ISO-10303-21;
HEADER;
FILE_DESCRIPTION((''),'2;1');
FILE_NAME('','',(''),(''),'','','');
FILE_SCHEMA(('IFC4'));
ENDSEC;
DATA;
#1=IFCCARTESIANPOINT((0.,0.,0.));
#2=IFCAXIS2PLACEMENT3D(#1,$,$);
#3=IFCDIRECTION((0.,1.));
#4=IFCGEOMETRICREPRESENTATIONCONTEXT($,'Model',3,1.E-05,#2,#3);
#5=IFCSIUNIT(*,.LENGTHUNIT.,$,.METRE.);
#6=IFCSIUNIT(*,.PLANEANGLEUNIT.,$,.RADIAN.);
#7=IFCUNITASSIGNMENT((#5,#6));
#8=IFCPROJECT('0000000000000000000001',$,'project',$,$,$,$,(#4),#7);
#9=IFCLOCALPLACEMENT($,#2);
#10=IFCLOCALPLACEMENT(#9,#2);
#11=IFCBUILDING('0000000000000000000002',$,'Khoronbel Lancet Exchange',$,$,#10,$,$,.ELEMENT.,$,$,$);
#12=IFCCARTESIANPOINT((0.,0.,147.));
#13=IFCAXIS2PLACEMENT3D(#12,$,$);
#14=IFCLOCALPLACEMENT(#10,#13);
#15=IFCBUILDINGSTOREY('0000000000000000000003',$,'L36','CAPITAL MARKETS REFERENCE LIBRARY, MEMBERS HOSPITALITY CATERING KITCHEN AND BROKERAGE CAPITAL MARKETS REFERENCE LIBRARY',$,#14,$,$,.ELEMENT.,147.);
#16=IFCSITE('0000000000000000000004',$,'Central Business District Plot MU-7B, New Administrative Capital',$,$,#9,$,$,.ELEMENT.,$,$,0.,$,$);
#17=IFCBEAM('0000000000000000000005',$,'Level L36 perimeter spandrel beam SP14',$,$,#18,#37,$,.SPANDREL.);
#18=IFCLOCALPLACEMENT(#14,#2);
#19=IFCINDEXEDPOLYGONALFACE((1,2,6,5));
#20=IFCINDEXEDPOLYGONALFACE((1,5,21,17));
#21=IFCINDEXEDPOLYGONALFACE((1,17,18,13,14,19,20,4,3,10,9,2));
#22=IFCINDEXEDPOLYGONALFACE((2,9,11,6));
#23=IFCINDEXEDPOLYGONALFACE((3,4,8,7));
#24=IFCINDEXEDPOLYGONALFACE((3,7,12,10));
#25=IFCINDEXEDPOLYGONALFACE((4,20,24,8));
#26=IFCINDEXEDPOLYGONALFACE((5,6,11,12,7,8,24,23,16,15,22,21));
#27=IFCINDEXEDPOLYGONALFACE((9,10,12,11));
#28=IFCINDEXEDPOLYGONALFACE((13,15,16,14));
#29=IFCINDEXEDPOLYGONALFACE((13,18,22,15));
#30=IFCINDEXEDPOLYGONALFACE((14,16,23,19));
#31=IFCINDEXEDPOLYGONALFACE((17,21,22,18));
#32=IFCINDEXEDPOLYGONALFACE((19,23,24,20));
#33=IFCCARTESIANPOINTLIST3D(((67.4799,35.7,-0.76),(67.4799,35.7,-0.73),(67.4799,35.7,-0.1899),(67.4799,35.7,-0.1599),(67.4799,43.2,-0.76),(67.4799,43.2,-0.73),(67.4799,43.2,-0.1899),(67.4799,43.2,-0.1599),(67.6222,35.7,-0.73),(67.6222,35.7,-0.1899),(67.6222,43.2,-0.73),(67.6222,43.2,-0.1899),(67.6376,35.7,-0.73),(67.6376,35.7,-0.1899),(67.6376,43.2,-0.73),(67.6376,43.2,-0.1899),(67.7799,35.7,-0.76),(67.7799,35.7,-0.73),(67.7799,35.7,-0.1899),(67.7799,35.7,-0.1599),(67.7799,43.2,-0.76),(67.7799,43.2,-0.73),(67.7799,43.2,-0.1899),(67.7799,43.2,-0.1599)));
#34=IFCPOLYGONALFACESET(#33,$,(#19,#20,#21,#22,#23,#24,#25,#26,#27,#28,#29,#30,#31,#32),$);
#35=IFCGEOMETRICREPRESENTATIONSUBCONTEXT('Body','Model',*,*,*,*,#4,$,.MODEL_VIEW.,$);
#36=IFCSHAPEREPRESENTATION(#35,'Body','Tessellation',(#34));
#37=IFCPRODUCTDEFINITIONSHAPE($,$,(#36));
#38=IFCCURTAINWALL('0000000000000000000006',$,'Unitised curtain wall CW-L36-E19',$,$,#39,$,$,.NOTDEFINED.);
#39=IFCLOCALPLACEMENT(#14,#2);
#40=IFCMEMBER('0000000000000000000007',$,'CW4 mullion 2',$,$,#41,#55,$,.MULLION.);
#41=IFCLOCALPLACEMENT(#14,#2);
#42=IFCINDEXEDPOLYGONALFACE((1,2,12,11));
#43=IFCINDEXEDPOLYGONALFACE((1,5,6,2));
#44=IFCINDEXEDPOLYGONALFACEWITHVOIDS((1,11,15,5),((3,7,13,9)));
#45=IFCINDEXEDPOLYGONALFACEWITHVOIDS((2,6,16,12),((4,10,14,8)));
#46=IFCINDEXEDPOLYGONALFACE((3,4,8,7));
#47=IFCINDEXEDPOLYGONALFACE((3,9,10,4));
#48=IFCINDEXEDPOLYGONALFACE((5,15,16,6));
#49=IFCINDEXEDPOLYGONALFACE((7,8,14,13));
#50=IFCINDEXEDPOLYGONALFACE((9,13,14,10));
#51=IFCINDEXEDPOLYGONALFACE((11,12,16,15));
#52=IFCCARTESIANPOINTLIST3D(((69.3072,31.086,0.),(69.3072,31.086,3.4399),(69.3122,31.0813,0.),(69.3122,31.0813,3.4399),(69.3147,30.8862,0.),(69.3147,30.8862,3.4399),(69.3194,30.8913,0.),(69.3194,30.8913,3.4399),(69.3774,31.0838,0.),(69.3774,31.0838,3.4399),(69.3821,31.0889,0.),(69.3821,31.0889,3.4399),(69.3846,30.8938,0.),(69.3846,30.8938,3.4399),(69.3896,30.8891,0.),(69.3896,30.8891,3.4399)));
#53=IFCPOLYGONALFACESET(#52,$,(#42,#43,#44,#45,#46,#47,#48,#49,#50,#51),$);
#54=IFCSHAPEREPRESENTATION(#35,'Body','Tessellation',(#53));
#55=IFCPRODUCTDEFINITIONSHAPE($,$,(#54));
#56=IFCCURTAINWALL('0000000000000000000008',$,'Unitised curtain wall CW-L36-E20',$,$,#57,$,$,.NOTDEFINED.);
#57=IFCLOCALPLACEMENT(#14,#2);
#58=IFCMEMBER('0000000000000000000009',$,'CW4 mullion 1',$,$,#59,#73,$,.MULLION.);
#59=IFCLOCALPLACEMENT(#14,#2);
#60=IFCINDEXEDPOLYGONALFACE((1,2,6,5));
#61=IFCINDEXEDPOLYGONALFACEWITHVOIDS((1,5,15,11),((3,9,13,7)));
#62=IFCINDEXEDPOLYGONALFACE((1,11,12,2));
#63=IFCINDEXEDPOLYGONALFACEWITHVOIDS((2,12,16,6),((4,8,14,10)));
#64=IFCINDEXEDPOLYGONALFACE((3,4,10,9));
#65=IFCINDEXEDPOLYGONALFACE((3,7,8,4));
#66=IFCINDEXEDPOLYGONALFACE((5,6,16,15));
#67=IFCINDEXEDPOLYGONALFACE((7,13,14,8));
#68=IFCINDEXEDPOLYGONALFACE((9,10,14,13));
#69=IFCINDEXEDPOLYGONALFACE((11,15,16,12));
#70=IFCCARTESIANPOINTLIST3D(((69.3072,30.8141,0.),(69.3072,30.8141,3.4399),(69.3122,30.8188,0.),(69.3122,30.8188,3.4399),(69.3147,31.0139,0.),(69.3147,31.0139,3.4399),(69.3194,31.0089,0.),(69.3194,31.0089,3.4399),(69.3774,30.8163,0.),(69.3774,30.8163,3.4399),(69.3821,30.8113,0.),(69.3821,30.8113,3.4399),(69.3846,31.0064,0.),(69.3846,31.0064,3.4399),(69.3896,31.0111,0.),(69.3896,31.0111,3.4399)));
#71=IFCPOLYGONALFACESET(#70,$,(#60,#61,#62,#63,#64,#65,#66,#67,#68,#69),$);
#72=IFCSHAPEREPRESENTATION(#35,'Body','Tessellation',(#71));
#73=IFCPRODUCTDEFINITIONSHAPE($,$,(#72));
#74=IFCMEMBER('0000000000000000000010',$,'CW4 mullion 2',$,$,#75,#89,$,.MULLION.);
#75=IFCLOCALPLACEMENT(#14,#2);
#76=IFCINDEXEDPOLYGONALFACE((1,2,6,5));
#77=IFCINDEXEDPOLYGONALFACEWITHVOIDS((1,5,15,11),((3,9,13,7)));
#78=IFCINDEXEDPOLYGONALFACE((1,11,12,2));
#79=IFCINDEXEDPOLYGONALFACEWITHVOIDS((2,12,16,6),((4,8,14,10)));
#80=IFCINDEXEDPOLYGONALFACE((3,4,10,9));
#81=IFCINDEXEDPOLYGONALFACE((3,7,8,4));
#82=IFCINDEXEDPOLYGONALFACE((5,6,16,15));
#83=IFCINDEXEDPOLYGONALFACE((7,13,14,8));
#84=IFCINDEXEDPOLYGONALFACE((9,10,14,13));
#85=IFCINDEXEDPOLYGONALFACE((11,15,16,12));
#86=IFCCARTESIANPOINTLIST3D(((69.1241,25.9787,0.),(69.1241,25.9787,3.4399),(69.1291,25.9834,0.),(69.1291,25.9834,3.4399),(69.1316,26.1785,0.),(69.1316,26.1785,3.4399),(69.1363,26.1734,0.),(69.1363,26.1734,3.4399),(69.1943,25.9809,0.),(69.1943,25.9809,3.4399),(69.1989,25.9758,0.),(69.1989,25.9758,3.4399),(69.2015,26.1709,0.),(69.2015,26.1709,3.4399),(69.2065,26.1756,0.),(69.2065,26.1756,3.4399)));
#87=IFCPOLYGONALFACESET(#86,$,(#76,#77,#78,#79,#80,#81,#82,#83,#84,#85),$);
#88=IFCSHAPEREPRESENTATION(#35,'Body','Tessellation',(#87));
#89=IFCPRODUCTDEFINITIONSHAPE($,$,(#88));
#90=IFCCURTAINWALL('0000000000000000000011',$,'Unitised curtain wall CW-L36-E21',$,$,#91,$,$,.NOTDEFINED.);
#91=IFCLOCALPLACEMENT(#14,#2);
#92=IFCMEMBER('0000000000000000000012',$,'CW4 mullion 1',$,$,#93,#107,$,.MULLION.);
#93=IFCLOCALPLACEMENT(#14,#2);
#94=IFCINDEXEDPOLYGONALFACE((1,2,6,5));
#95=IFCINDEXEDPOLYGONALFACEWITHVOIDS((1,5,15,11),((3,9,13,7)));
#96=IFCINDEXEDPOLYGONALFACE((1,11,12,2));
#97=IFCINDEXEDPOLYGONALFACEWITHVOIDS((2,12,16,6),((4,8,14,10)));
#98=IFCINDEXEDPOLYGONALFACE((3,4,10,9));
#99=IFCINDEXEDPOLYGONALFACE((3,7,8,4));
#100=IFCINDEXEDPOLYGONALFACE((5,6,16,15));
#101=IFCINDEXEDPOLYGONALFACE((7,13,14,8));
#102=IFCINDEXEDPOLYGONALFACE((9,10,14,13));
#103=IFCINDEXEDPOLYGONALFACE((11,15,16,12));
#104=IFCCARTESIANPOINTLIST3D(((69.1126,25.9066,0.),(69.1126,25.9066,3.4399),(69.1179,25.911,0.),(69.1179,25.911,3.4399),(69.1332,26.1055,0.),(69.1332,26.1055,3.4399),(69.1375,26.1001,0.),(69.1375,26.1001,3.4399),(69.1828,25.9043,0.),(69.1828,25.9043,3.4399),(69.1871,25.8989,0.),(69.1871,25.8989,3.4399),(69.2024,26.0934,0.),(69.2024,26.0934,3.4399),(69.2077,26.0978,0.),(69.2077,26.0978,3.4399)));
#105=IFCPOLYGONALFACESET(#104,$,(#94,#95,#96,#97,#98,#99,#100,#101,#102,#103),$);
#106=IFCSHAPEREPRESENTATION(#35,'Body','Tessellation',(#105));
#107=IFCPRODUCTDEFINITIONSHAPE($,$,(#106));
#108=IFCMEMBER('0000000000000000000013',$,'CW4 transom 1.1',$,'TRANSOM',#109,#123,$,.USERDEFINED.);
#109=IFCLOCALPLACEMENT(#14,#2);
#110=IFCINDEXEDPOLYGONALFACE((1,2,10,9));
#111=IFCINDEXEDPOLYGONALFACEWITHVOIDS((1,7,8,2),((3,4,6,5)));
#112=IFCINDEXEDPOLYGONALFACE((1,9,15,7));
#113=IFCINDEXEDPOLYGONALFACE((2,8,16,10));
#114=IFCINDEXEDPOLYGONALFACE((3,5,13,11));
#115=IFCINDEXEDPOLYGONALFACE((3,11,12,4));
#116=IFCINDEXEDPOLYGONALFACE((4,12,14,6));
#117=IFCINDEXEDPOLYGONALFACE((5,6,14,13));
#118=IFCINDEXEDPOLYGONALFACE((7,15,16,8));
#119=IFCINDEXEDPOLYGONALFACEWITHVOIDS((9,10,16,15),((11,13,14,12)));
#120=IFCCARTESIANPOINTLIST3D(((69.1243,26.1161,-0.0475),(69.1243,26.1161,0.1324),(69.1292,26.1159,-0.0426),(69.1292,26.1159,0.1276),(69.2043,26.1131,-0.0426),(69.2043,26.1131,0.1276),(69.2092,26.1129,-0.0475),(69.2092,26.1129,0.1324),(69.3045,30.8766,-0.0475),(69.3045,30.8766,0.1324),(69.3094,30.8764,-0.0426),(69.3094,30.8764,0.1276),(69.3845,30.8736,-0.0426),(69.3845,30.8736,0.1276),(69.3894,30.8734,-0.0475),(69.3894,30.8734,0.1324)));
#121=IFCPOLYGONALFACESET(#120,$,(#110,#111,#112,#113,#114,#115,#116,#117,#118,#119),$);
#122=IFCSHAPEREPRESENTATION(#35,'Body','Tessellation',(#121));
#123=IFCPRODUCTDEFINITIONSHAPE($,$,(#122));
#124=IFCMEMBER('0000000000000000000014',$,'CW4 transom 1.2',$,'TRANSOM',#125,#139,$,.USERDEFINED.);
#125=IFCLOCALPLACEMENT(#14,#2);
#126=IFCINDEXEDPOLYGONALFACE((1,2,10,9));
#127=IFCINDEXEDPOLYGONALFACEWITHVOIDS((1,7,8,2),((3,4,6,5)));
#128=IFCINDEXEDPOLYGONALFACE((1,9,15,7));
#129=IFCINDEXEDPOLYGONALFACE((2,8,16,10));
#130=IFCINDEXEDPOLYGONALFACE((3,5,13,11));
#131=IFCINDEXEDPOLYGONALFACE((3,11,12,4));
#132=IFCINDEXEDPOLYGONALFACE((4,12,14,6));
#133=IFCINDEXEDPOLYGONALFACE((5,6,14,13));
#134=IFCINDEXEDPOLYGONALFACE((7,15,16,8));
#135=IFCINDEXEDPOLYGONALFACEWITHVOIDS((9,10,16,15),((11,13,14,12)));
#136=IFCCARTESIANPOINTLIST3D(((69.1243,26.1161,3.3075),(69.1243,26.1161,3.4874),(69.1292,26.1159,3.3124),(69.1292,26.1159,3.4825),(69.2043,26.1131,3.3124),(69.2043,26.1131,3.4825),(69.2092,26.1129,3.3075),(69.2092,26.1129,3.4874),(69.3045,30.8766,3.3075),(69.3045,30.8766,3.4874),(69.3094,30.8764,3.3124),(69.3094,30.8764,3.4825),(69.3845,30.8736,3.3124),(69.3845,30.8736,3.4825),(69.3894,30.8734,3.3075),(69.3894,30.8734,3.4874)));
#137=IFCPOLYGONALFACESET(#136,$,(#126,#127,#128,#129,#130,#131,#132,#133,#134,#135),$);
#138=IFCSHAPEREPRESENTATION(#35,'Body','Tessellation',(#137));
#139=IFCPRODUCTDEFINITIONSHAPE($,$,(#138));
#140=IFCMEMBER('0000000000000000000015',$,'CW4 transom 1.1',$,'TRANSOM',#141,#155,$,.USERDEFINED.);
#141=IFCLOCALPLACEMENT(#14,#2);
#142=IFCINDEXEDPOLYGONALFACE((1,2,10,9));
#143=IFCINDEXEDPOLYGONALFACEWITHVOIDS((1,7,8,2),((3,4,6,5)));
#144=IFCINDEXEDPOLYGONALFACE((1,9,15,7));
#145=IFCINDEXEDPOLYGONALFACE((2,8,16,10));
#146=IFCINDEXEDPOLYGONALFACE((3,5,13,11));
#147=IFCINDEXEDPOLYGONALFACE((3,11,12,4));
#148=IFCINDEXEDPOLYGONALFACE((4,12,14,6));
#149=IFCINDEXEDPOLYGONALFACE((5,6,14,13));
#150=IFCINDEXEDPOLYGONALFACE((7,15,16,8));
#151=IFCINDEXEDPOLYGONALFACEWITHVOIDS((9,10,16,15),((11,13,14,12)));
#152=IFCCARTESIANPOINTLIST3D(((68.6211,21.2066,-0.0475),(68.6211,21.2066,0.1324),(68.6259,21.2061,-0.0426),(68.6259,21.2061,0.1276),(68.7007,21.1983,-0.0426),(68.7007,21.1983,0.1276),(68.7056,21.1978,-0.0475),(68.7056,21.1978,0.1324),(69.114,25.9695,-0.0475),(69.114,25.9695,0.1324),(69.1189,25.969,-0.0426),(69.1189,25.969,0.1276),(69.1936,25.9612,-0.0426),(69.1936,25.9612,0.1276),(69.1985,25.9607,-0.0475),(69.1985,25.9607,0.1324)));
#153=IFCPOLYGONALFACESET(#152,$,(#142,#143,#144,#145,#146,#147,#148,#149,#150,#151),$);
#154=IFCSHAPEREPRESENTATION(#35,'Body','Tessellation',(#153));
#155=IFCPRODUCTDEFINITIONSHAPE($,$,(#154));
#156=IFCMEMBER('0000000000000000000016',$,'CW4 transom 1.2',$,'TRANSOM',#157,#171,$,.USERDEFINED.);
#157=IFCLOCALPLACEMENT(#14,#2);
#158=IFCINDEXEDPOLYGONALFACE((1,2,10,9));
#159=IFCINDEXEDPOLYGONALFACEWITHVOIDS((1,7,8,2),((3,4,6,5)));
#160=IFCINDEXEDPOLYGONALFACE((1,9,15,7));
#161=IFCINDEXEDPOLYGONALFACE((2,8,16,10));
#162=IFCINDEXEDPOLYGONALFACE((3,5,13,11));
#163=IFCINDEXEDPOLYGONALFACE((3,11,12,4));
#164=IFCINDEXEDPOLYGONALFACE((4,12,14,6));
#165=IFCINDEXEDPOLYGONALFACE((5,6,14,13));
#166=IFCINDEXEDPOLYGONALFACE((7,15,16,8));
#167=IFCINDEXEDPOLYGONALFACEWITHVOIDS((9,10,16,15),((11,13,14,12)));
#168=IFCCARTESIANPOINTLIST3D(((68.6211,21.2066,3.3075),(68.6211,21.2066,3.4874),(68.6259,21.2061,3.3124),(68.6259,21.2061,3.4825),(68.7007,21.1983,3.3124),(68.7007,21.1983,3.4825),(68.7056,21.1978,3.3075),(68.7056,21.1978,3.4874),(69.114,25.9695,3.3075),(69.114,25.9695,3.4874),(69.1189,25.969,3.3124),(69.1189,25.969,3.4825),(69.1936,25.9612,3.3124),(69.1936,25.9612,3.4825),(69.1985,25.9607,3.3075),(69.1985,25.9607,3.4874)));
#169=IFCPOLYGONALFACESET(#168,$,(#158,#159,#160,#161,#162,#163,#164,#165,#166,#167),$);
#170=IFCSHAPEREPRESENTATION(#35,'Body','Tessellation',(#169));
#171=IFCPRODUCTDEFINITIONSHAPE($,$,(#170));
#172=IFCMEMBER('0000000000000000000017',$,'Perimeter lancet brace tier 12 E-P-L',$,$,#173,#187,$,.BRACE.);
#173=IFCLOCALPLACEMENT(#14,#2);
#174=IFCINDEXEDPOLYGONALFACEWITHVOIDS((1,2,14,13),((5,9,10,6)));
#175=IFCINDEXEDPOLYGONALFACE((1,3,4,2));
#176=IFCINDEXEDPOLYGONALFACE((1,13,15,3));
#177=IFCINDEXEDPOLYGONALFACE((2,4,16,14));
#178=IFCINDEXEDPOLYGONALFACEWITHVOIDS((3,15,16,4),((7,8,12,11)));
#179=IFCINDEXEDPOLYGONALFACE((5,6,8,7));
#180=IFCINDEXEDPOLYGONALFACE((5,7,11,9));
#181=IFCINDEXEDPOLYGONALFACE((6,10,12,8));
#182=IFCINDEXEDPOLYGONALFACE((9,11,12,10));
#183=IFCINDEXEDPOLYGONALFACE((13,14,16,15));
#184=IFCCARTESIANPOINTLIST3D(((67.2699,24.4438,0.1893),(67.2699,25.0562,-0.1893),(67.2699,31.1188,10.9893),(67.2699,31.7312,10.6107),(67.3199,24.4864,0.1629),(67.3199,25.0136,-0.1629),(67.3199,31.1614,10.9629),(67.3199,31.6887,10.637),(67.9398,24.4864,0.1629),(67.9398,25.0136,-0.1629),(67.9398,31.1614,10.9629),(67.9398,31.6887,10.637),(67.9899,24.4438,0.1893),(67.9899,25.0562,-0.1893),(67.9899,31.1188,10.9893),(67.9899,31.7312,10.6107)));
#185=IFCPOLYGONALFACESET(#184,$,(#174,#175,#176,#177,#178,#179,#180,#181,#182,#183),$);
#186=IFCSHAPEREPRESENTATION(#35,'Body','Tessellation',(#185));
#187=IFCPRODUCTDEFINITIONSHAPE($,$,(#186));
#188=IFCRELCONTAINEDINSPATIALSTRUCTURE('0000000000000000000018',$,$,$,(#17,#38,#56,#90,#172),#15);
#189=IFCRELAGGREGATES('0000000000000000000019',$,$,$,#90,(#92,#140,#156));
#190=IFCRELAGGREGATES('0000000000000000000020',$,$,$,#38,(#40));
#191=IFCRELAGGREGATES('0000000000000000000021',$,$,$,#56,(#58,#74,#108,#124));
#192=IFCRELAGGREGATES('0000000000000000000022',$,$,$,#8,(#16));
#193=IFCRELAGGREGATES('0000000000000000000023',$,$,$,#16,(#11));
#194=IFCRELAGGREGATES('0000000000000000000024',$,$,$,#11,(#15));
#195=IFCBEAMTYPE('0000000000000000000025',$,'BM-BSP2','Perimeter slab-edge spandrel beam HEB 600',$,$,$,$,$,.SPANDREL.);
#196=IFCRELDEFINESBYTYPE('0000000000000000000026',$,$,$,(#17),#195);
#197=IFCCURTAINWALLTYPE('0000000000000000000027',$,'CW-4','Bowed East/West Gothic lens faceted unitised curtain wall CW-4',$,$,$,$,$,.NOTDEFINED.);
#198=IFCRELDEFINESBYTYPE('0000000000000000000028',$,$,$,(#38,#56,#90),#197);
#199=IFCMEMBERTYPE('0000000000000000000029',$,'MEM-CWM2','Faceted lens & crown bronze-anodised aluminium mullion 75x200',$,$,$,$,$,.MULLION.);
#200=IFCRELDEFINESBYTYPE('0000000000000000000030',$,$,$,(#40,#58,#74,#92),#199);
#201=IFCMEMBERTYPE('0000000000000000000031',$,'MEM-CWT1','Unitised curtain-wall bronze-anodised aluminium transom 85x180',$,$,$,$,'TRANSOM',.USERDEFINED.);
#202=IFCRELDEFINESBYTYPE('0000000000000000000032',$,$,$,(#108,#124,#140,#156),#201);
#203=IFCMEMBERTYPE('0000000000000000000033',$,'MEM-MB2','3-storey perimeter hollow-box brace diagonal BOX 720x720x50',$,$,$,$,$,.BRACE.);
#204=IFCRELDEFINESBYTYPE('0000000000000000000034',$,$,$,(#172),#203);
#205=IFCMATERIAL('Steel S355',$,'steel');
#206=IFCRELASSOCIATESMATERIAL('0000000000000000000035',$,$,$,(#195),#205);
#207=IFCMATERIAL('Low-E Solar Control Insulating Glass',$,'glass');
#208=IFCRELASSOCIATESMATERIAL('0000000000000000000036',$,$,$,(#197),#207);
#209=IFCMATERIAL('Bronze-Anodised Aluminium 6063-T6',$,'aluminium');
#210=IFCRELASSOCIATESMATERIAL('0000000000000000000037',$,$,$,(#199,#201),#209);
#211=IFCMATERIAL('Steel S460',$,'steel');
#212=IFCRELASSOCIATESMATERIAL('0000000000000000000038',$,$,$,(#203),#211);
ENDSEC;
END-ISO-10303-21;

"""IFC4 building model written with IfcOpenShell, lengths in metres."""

from ifc_helpers import new_model, si_unit, direction, frame, origin, origin_2d, place, context, subcontext, project, spatial, hollow_rectangle, i_section, extrude, material, material_profile, profile_set, type_object, element, aggregate, save


model = new_model("IFC4")

# Units and contexts
model_context = context("Model", 3, precision=1e-05, world=origin(), true_north=direction((0.0, 1.0)))
body_context = subcontext(model_context, "Body", "Model", "MODEL_VIEW")
ifc_project = project(units=[si_unit("LENGTHUNIT", "METRE"), si_unit("PLANEANGLEUNIT", "RADIAN")], contexts=[model_context])

# Site, building, storey
site_placement = place(None, origin())
site = spatial("IfcSite", under=ifc_project, at=site_placement, Name="Central Business District Plot MU-7B, New Administrative Capital", CompositionType="ELEMENT", RefElevation=0.0)
building_placement = place(site_placement, origin())
building = spatial("IfcBuilding", under=site, at=building_placement, Name="Khoronbel Lancet Exchange", CompositionType="ELEMENT")
storey_placement = place(building_placement, frame((0.0, 0.0, 147.0)))
storey = spatial("IfcBuildingStorey", under=building, at=storey_placement, Name="L36", Description="CAPITAL MARKETS REFERENCE LIBRARY, MEMBERS HOSPITALITY CATERING KITCHEN AND BROKERAGE CAPITAL MARKETS REFERENCE LIBRARY", CompositionType="ELEMENT", Elevation=147.0)

# Shared definitions
ifc_material_1 = material(Name="Steel S460", Category="steel")
ifc_material_2 = material(Name="Steel S355", Category="steel")

# Beam
ifc_material_profile_1 = material_profile(ifc_material_2, i_section(OverallWidth=0.3, OverallDepth=0.6001, WebThickness=0.0154, FlangeThickness=0.03, at=origin_2d()), Name="HEB 600")
ifc_profile_set_1 = profile_set([ifc_material_profile_1], Name="Steel S355")
beam_type_1 = type_object("IfcBeamType", Name="BM-BSP2", Description="Perimeter slab-edge spandrel beam HEB 600", PredefinedType="SPANDREL", material=ifc_profile_set_1)
beam_1_placement = place(storey_placement, frame((67.6299, 35.7, -0.46), z_axis=(0.0, 1.0, 0.0), x_axis=(-1.0, 0.0, 0.0)))
element("IfcBeam", 1, at=beam_1_placement, inside=storey, type_object=beam_type_1, Name="Level L36 perimeter spandrel beam SP14", PredefinedType="SPANDREL", context=body_context, shape_type="SweptSolid", body=[
    extrude(i_section(OverallWidth=0.3, OverallDepth=0.6001, WebThickness=0.0154, FlangeThickness=0.03, at=origin_2d()), origin(), (0.0, 0.0, 1.0), 7.5),
])

# Curtain wall, member
ifc_material_3 = material(Name="Low-E Solar Control Insulating Glass", Category="glass")
curtain_wall_type = type_object("IfcCurtainWallType", Name="CW-4", Description="Bowed East/West Gothic lens faceted unitised curtain wall CW-4", PredefinedType="NOTDEFINED", material=ifc_material_3)
curtain_wall_1_placement = place(storey_placement, origin())
curtain_wall_1 = element("IfcCurtainWall", 2, at=curtain_wall_1_placement, inside=storey, type_object=curtain_wall_type, Name="Unitised curtain wall CW-L36-E19", PredefinedType="NOTDEFINED")
ifc_material_4 = material(Name="Bronze-Anodised Aluminium 6063-T6", Category="aluminium")
ifc_material_profile_2 = material_profile(ifc_material_4, hollow_rectangle(XDim=0.075, YDim=0.2, WallThickness=0.0049, at=origin_2d()), Name="ALU MULLION 75x200")
ifc_profile_set_2 = profile_set([ifc_material_profile_2], Name="Bronze-Anodised Aluminium 6063-T6")
member_type_1 = type_object("IfcMemberType", Name="MEM-CWM2", Description="Faceted lens & crown bronze-anodised aluminium mullion 75x200", PredefinedType="MULLION", material=ifc_profile_set_2)
member_1_placement = place(storey_placement, frame((69.3484, 30.9875, 0.0), z_axis=(0.0, 0.0, 1.0), x_axis=(0.999284, 0.037831, 0.0)))
member_1 = element("IfcMember", 3, at=member_1_placement, type_object=member_type_1, Name="CW4 mullion 2", PredefinedType="MULLION", context=body_context, shape_type="SweptSolid", body=[
    extrude(hollow_rectangle(XDim=0.075, YDim=0.2, WallThickness=0.0049, at=origin_2d()), origin(), (0.0, 0.0, 1.0), 3.4399),
])

# Curtain wall, members
curtain_wall_2_placement = place(storey_placement, origin())
curtain_wall_2 = element("IfcCurtainWall", 4, at=curtain_wall_2_placement, inside=storey, type_object=curtain_wall_type, Name="Unitised curtain wall CW-L36-E20", PredefinedType="NOTDEFINED")
member_2_placement = place(storey_placement, frame((69.3484, 30.9126, 0.0), z_axis=(0.0, 0.0, 1.0), x_axis=(0.999284, -0.037831, 0.0)))
member_2 = element("IfcMember", 5, at=member_2_placement, type_object=member_type_1, Name="CW4 mullion 1", PredefinedType="MULLION", context=body_context, shape_type="SweptSolid", body=[
    extrude(hollow_rectangle(XDim=0.075, YDim=0.2, WallThickness=0.0049, at=origin_2d()), origin(), (0.0, 0.0, 1.0), 3.4399),
])
member_3_placement = place(storey_placement, frame((69.1653, 26.0771, 0.0), z_axis=(0.0, 0.0, 1.0), x_axis=(0.999284, -0.037831, 0.0)))
member_3 = element("IfcMember", 6, at=member_3_placement, type_object=member_type_1, Name="CW4 mullion 2", PredefinedType="MULLION", context=body_context, shape_type="SweptSolid", body=[
    extrude(hollow_rectangle(XDim=0.075, YDim=0.2, WallThickness=0.0049, at=origin_2d()), origin(), (0.0, 0.0, 1.0), 3.4399),
])

# Curtain wall, member
curtain_wall_3_placement = place(storey_placement, origin())
curtain_wall_3 = element("IfcCurtainWall", 7, at=curtain_wall_3_placement, inside=storey, type_object=curtain_wall_type, Name="Unitised curtain wall CW-L36-E21", PredefinedType="NOTDEFINED")
member_4_placement = place(storey_placement, frame((69.1602, 26.0022, 0.0), z_axis=(0.0, 0.0, 1.0), x_axis=(0.994688, -0.102932, 0.0)))
member_4 = element("IfcMember", 8, at=member_4_placement, type_object=member_type_1, Name="CW4 mullion 1", PredefinedType="MULLION", context=body_context, shape_type="SweptSolid", body=[
    extrude(hollow_rectangle(XDim=0.075, YDim=0.2, WallThickness=0.0049, at=origin_2d()), origin(), (0.0, 0.0, 1.0), 3.4399),
])

# Members
ifc_material_profile_3 = material_profile(ifc_material_4, hollow_rectangle(XDim=0.085, YDim=0.1799, WallThickness=0.0049, at=origin_2d()), Name="ALU TRANSOM 85x180")
ifc_profile_set_3 = profile_set([ifc_material_profile_3], Name="Bronze-Anodised Aluminium 6063-T6")
member_type_2 = type_object("IfcMemberType", Name="MEM-CWT1", Description="Unitised curtain-wall bronze-anodised aluminium transom 85x180", ElementType="TRANSOM", PredefinedType="USERDEFINED", material=ifc_profile_set_3)
member_5_placement = place(storey_placement, frame((69.3469, 30.875, 0.0425), z_axis=(-0.037821, -0.999285, 0.0), x_axis=(0.999285, -0.037821, 0.0)))
member_5 = element("IfcMember", 9, at=member_5_placement, type_object=member_type_2, Name="CW4 transom 1.1", ObjectType="TRANSOM", PredefinedType="USERDEFINED", context=body_context, shape_type="SweptSolid", body=[
    extrude(hollow_rectangle(XDim=0.085, YDim=0.1799, WallThickness=0.0049, at=origin_2d()), origin(), (0.0, 0.0, 1.0), 4.7639),
])
member_6_placement = place(storey_placement, frame((69.3469, 30.875, 3.3975), z_axis=(-0.037821, -0.999285, 0.0), x_axis=(0.999285, -0.037821, 0.0)))
member_6 = element("IfcMember", 10, at=member_6_placement, type_object=member_type_2, Name="CW4 transom 1.2", ObjectType="TRANSOM", PredefinedType="USERDEFINED", context=body_context, shape_type="SweptSolid", body=[
    extrude(hollow_rectangle(XDim=0.085, YDim=0.1799, WallThickness=0.0049, at=origin_2d()), origin(), (0.0, 0.0, 1.0), 4.7639),
])
member_7_placement = place(storey_placement, frame((69.1562, 25.9651, 0.0425), z_axis=(-0.102941, -0.994687, 0.0), x_axis=(0.994687, -0.102941, 0.0)))
member_7 = element("IfcMember", 11, at=member_7_placement, type_object=member_type_2, Name="CW4 transom 1.1", ObjectType="TRANSOM", PredefinedType="USERDEFINED", context=body_context, shape_type="SweptSolid", body=[
    extrude(hollow_rectangle(XDim=0.085, YDim=0.1799, WallThickness=0.0049, at=origin_2d()), origin(), (0.0, 0.0, 1.0), 4.7883),
])
member_8_placement = place(storey_placement, frame((69.1562, 25.9651, 3.3975), z_axis=(-0.102941, -0.994687, 0.0), x_axis=(0.994687, -0.102941, 0.0)))
member_8 = element("IfcMember", 12, at=member_8_placement, type_object=member_type_2, Name="CW4 transom 1.2", ObjectType="TRANSOM", PredefinedType="USERDEFINED", context=body_context, shape_type="SweptSolid", body=[
    extrude(hollow_rectangle(XDim=0.085, YDim=0.1799, WallThickness=0.0049, at=origin_2d()), origin(), (0.0, 0.0, 1.0), 4.7883),
])
aggregate(curtain_wall_3, [member_4, member_7, member_8])

# Member
ifc_material_profile_4 = material_profile(ifc_material_1, hollow_rectangle(XDim=0.72, YDim=0.72, WallThickness=0.05, at=origin_2d()), Name="BOX 720x720x50")
ifc_profile_set_4 = profile_set([ifc_material_profile_4], Name="Steel S460")
member_type_3 = type_object("IfcMemberType", Name="MEM-MB2", Description="3-storey perimeter hollow-box brace diagonal BOX 720x720x50", PredefinedType="BRACE", material=ifc_profile_set_4)
member_9_placement = place(storey_placement, frame((67.6299, 24.75, 0.0), z_axis=(0.0, 0.525745, 0.850642), x_axis=(-1.0, 0.0, 0.0)))
element("IfcMember", 13, at=member_9_placement, inside=storey, type_object=member_type_3, Name="Perimeter lancet brace tier 12 E-P-L", PredefinedType="BRACE", context=body_context, shape_type="SweptSolid", body=[
    extrude(hollow_rectangle(XDim=0.72, YDim=0.72, WallThickness=0.05, at=origin_2d()), origin(), (0.0, 0.0, 1.0), 12.6963),
])

aggregate(curtain_wall_1, [member_1])
aggregate(curtain_wall_2, [member_2, member_3, member_5, member_6])

save(model, "model.ifc")
